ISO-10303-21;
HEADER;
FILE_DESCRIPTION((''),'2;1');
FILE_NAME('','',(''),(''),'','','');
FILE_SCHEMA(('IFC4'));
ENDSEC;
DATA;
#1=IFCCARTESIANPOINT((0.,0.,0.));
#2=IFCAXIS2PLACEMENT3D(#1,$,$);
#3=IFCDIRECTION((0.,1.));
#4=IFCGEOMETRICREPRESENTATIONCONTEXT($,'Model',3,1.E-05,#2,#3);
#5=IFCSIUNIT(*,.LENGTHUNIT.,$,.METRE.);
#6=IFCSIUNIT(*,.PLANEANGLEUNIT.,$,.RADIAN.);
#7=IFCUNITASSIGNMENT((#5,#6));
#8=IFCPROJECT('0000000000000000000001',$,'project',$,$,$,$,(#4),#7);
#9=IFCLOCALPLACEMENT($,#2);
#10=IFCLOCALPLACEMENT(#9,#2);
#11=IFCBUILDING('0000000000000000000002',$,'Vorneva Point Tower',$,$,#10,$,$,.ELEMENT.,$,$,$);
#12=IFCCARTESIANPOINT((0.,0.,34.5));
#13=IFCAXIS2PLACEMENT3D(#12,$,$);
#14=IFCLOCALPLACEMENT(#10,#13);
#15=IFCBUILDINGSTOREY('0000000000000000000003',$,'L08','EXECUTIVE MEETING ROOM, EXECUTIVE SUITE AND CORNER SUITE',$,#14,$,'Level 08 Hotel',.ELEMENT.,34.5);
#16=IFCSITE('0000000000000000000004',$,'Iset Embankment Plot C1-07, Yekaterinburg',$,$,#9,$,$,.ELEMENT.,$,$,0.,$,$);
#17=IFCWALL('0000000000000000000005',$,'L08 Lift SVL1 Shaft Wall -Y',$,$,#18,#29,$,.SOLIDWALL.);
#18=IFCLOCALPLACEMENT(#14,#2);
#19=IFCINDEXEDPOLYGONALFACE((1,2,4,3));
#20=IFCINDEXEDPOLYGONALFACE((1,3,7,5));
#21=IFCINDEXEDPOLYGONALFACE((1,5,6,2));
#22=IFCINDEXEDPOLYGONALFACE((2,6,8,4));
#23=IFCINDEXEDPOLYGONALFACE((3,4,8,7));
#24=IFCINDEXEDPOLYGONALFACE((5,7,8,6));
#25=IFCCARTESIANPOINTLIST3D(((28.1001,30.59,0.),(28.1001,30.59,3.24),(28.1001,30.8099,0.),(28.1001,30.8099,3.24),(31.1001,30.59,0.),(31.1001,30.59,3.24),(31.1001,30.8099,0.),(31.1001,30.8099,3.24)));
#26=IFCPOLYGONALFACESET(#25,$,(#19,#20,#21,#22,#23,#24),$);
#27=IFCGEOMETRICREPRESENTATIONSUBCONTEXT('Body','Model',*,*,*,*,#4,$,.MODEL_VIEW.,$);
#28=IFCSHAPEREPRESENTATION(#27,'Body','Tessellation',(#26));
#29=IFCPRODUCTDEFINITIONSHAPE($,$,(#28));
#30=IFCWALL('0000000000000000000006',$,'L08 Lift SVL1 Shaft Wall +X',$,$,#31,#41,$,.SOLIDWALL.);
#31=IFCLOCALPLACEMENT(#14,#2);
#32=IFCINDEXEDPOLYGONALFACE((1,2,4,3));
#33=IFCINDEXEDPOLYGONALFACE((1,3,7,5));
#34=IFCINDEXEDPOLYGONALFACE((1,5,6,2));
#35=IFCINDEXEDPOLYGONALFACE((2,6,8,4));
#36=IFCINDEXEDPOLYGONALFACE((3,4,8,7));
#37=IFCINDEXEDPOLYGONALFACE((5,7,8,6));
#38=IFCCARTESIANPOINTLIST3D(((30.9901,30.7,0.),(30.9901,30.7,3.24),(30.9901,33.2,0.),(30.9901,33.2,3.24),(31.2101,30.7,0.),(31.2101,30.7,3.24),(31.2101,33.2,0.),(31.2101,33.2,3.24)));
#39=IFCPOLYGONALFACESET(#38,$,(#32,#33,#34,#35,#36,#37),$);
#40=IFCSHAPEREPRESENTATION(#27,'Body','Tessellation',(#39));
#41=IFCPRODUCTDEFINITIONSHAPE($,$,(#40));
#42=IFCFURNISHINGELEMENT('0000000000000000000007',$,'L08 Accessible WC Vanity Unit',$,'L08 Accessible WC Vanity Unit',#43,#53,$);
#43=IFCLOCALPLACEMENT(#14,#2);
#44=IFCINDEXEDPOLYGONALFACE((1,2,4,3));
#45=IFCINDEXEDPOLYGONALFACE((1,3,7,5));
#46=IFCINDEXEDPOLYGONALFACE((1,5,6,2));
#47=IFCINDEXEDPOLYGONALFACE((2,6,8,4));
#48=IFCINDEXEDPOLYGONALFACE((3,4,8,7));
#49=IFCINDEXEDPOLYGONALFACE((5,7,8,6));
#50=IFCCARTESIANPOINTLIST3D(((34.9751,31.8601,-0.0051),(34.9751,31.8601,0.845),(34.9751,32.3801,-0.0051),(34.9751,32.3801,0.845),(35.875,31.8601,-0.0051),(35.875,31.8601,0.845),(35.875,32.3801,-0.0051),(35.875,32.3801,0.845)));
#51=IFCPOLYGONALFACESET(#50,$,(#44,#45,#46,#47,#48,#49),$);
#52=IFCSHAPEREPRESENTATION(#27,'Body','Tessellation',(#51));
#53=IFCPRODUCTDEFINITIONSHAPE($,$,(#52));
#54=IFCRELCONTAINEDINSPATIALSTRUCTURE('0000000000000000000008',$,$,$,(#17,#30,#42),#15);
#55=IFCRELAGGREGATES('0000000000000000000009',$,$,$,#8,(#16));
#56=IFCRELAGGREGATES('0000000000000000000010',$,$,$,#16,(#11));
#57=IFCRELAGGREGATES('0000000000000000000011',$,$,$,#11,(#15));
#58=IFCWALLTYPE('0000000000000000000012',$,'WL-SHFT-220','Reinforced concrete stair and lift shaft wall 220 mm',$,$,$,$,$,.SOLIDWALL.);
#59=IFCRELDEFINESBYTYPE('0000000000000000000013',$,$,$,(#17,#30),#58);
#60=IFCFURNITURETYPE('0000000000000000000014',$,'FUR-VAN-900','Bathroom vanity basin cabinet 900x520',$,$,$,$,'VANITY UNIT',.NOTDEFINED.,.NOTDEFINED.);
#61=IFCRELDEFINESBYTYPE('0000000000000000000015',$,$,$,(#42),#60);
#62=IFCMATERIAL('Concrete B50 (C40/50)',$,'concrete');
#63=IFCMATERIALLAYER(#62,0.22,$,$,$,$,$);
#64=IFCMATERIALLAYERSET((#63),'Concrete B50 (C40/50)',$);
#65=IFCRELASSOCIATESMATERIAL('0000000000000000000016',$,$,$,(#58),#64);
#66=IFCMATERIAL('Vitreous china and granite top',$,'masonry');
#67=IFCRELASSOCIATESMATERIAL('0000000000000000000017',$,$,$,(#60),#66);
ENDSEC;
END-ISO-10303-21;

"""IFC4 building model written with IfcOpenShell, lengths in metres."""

from ifc_helpers import new_model, si_unit, direction, frame, frame_2d, origin, origin_2d, place, context, subcontext, project, spatial, rectangle, extrude, material, layer, layer_set, type_object, element, save


model = new_model("IFC4")

# Units and contexts
model_context = context("Model", 3, precision=1e-05, world=origin(), true_north=direction((0.0, 1.0)))
body_context = subcontext(model_context, "Body", "Model", "MODEL_VIEW")
ifc_project = project(units=[si_unit("LENGTHUNIT", "METRE"), si_unit("PLANEANGLEUNIT", "RADIAN")], contexts=[model_context])

# Site, building, storey
site_placement = place(None, origin())
site = spatial("IfcSite", under=ifc_project, at=site_placement, Name="Iset Embankment Plot C1-07, Yekaterinburg", CompositionType="ELEMENT", RefElevation=0.0)
building_placement = place(site_placement, origin())
building = spatial("IfcBuilding", under=site, at=building_placement, Name="Vorneva Point Tower", CompositionType="ELEMENT")
storey_placement = place(building_placement, frame((0.0, 0.0, 34.5)))
storey = spatial("IfcBuildingStorey", under=building, at=storey_placement, Name="L08", Description="EXECUTIVE MEETING ROOM, EXECUTIVE SUITE AND CORNER SUITE", LongName="Level 08 Hotel", CompositionType="ELEMENT", Elevation=34.5)

# Shared definitions
ifc_material_1 = material(Name="Concrete B50 (C40/50)", Category="concrete")
ifc_layer_1 = layer(ifc_material_1, 0.22)
ifc_layer_set_1 = layer_set([ifc_layer_1], Name="Concrete B50 (C40/50)")
wall_type_1 = type_object("IfcWallType", Name="WL-SHFT-220", Description="Reinforced concrete stair and lift shaft wall 220 mm", PredefinedType="SOLIDWALL", material=ifc_layer_set_1)

# Walls
wall_1_placement = place(storey_placement, frame((28.1001, 30.7, 0.0), z_axis=(0.0, 0.0, 1.0), x_axis=(1.0, 0.0, 0.0)))
element("IfcWall", 1, at=wall_1_placement, inside=storey, type_object=wall_type_1, Name="L08 Lift SVL1 Shaft Wall -Y", PredefinedType="SOLIDWALL", context=body_context, shape_type="SweptSolid", body=[
    extrude(rectangle(XDim=3.0, YDim=0.22, at=frame_2d((1.5, 0.0))), origin(), (0.0, 0.0, 1.0), 3.24),
])
wall_2_placement = place(storey_placement, frame((31.1001, 30.7, 0.0), z_axis=(0.0, 0.0, 1.0), x_axis=(0.0, 1.0, 0.0)))
element("IfcWall", 2, at=wall_2_placement, inside=storey, type_object=wall_type_1, Name="L08 Lift SVL1 Shaft Wall +X", PredefinedType="SOLIDWALL", context=body_context, shape_type="SweptSolid", body=[
    extrude(rectangle(XDim=2.5, YDim=0.22, at=frame_2d((1.25, 0.0))), origin(), (0.0, 0.0, 1.0), 3.24),
])

# Furnishing element
ifc_material_2 = material(Name="Vitreous china and granite top", Category="masonry")
furniture_type = type_object("IfcFurnitureType", Name="FUR-VAN-900", Description="Bathroom vanity basin cabinet 900x520", ElementType="VANITY UNIT", AssemblyPlace="NOTDEFINED", PredefinedType="NOTDEFINED", material=ifc_material_2)
furnishing_placement = place(storey_placement, frame((35.425, 32.1201, -0.0051), z_axis=(0.0, 0.0, 1.0), x_axis=(1.0, 0.0, 0.0)))
element("IfcFurnishingElement", 3, at=furnishing_placement, inside=storey, type_object=furniture_type, Name="L08 Accessible WC Vanity Unit", ObjectType="L08 Accessible WC Vanity Unit", context=body_context, shape_type="SweptSolid", body=[
    extrude(rectangle(XDim=0.8999, YDim=0.52, at=origin_2d()), origin(), (0.0, 0.0, 1.0), 0.8501),
])

save(model, "model.ifc")
